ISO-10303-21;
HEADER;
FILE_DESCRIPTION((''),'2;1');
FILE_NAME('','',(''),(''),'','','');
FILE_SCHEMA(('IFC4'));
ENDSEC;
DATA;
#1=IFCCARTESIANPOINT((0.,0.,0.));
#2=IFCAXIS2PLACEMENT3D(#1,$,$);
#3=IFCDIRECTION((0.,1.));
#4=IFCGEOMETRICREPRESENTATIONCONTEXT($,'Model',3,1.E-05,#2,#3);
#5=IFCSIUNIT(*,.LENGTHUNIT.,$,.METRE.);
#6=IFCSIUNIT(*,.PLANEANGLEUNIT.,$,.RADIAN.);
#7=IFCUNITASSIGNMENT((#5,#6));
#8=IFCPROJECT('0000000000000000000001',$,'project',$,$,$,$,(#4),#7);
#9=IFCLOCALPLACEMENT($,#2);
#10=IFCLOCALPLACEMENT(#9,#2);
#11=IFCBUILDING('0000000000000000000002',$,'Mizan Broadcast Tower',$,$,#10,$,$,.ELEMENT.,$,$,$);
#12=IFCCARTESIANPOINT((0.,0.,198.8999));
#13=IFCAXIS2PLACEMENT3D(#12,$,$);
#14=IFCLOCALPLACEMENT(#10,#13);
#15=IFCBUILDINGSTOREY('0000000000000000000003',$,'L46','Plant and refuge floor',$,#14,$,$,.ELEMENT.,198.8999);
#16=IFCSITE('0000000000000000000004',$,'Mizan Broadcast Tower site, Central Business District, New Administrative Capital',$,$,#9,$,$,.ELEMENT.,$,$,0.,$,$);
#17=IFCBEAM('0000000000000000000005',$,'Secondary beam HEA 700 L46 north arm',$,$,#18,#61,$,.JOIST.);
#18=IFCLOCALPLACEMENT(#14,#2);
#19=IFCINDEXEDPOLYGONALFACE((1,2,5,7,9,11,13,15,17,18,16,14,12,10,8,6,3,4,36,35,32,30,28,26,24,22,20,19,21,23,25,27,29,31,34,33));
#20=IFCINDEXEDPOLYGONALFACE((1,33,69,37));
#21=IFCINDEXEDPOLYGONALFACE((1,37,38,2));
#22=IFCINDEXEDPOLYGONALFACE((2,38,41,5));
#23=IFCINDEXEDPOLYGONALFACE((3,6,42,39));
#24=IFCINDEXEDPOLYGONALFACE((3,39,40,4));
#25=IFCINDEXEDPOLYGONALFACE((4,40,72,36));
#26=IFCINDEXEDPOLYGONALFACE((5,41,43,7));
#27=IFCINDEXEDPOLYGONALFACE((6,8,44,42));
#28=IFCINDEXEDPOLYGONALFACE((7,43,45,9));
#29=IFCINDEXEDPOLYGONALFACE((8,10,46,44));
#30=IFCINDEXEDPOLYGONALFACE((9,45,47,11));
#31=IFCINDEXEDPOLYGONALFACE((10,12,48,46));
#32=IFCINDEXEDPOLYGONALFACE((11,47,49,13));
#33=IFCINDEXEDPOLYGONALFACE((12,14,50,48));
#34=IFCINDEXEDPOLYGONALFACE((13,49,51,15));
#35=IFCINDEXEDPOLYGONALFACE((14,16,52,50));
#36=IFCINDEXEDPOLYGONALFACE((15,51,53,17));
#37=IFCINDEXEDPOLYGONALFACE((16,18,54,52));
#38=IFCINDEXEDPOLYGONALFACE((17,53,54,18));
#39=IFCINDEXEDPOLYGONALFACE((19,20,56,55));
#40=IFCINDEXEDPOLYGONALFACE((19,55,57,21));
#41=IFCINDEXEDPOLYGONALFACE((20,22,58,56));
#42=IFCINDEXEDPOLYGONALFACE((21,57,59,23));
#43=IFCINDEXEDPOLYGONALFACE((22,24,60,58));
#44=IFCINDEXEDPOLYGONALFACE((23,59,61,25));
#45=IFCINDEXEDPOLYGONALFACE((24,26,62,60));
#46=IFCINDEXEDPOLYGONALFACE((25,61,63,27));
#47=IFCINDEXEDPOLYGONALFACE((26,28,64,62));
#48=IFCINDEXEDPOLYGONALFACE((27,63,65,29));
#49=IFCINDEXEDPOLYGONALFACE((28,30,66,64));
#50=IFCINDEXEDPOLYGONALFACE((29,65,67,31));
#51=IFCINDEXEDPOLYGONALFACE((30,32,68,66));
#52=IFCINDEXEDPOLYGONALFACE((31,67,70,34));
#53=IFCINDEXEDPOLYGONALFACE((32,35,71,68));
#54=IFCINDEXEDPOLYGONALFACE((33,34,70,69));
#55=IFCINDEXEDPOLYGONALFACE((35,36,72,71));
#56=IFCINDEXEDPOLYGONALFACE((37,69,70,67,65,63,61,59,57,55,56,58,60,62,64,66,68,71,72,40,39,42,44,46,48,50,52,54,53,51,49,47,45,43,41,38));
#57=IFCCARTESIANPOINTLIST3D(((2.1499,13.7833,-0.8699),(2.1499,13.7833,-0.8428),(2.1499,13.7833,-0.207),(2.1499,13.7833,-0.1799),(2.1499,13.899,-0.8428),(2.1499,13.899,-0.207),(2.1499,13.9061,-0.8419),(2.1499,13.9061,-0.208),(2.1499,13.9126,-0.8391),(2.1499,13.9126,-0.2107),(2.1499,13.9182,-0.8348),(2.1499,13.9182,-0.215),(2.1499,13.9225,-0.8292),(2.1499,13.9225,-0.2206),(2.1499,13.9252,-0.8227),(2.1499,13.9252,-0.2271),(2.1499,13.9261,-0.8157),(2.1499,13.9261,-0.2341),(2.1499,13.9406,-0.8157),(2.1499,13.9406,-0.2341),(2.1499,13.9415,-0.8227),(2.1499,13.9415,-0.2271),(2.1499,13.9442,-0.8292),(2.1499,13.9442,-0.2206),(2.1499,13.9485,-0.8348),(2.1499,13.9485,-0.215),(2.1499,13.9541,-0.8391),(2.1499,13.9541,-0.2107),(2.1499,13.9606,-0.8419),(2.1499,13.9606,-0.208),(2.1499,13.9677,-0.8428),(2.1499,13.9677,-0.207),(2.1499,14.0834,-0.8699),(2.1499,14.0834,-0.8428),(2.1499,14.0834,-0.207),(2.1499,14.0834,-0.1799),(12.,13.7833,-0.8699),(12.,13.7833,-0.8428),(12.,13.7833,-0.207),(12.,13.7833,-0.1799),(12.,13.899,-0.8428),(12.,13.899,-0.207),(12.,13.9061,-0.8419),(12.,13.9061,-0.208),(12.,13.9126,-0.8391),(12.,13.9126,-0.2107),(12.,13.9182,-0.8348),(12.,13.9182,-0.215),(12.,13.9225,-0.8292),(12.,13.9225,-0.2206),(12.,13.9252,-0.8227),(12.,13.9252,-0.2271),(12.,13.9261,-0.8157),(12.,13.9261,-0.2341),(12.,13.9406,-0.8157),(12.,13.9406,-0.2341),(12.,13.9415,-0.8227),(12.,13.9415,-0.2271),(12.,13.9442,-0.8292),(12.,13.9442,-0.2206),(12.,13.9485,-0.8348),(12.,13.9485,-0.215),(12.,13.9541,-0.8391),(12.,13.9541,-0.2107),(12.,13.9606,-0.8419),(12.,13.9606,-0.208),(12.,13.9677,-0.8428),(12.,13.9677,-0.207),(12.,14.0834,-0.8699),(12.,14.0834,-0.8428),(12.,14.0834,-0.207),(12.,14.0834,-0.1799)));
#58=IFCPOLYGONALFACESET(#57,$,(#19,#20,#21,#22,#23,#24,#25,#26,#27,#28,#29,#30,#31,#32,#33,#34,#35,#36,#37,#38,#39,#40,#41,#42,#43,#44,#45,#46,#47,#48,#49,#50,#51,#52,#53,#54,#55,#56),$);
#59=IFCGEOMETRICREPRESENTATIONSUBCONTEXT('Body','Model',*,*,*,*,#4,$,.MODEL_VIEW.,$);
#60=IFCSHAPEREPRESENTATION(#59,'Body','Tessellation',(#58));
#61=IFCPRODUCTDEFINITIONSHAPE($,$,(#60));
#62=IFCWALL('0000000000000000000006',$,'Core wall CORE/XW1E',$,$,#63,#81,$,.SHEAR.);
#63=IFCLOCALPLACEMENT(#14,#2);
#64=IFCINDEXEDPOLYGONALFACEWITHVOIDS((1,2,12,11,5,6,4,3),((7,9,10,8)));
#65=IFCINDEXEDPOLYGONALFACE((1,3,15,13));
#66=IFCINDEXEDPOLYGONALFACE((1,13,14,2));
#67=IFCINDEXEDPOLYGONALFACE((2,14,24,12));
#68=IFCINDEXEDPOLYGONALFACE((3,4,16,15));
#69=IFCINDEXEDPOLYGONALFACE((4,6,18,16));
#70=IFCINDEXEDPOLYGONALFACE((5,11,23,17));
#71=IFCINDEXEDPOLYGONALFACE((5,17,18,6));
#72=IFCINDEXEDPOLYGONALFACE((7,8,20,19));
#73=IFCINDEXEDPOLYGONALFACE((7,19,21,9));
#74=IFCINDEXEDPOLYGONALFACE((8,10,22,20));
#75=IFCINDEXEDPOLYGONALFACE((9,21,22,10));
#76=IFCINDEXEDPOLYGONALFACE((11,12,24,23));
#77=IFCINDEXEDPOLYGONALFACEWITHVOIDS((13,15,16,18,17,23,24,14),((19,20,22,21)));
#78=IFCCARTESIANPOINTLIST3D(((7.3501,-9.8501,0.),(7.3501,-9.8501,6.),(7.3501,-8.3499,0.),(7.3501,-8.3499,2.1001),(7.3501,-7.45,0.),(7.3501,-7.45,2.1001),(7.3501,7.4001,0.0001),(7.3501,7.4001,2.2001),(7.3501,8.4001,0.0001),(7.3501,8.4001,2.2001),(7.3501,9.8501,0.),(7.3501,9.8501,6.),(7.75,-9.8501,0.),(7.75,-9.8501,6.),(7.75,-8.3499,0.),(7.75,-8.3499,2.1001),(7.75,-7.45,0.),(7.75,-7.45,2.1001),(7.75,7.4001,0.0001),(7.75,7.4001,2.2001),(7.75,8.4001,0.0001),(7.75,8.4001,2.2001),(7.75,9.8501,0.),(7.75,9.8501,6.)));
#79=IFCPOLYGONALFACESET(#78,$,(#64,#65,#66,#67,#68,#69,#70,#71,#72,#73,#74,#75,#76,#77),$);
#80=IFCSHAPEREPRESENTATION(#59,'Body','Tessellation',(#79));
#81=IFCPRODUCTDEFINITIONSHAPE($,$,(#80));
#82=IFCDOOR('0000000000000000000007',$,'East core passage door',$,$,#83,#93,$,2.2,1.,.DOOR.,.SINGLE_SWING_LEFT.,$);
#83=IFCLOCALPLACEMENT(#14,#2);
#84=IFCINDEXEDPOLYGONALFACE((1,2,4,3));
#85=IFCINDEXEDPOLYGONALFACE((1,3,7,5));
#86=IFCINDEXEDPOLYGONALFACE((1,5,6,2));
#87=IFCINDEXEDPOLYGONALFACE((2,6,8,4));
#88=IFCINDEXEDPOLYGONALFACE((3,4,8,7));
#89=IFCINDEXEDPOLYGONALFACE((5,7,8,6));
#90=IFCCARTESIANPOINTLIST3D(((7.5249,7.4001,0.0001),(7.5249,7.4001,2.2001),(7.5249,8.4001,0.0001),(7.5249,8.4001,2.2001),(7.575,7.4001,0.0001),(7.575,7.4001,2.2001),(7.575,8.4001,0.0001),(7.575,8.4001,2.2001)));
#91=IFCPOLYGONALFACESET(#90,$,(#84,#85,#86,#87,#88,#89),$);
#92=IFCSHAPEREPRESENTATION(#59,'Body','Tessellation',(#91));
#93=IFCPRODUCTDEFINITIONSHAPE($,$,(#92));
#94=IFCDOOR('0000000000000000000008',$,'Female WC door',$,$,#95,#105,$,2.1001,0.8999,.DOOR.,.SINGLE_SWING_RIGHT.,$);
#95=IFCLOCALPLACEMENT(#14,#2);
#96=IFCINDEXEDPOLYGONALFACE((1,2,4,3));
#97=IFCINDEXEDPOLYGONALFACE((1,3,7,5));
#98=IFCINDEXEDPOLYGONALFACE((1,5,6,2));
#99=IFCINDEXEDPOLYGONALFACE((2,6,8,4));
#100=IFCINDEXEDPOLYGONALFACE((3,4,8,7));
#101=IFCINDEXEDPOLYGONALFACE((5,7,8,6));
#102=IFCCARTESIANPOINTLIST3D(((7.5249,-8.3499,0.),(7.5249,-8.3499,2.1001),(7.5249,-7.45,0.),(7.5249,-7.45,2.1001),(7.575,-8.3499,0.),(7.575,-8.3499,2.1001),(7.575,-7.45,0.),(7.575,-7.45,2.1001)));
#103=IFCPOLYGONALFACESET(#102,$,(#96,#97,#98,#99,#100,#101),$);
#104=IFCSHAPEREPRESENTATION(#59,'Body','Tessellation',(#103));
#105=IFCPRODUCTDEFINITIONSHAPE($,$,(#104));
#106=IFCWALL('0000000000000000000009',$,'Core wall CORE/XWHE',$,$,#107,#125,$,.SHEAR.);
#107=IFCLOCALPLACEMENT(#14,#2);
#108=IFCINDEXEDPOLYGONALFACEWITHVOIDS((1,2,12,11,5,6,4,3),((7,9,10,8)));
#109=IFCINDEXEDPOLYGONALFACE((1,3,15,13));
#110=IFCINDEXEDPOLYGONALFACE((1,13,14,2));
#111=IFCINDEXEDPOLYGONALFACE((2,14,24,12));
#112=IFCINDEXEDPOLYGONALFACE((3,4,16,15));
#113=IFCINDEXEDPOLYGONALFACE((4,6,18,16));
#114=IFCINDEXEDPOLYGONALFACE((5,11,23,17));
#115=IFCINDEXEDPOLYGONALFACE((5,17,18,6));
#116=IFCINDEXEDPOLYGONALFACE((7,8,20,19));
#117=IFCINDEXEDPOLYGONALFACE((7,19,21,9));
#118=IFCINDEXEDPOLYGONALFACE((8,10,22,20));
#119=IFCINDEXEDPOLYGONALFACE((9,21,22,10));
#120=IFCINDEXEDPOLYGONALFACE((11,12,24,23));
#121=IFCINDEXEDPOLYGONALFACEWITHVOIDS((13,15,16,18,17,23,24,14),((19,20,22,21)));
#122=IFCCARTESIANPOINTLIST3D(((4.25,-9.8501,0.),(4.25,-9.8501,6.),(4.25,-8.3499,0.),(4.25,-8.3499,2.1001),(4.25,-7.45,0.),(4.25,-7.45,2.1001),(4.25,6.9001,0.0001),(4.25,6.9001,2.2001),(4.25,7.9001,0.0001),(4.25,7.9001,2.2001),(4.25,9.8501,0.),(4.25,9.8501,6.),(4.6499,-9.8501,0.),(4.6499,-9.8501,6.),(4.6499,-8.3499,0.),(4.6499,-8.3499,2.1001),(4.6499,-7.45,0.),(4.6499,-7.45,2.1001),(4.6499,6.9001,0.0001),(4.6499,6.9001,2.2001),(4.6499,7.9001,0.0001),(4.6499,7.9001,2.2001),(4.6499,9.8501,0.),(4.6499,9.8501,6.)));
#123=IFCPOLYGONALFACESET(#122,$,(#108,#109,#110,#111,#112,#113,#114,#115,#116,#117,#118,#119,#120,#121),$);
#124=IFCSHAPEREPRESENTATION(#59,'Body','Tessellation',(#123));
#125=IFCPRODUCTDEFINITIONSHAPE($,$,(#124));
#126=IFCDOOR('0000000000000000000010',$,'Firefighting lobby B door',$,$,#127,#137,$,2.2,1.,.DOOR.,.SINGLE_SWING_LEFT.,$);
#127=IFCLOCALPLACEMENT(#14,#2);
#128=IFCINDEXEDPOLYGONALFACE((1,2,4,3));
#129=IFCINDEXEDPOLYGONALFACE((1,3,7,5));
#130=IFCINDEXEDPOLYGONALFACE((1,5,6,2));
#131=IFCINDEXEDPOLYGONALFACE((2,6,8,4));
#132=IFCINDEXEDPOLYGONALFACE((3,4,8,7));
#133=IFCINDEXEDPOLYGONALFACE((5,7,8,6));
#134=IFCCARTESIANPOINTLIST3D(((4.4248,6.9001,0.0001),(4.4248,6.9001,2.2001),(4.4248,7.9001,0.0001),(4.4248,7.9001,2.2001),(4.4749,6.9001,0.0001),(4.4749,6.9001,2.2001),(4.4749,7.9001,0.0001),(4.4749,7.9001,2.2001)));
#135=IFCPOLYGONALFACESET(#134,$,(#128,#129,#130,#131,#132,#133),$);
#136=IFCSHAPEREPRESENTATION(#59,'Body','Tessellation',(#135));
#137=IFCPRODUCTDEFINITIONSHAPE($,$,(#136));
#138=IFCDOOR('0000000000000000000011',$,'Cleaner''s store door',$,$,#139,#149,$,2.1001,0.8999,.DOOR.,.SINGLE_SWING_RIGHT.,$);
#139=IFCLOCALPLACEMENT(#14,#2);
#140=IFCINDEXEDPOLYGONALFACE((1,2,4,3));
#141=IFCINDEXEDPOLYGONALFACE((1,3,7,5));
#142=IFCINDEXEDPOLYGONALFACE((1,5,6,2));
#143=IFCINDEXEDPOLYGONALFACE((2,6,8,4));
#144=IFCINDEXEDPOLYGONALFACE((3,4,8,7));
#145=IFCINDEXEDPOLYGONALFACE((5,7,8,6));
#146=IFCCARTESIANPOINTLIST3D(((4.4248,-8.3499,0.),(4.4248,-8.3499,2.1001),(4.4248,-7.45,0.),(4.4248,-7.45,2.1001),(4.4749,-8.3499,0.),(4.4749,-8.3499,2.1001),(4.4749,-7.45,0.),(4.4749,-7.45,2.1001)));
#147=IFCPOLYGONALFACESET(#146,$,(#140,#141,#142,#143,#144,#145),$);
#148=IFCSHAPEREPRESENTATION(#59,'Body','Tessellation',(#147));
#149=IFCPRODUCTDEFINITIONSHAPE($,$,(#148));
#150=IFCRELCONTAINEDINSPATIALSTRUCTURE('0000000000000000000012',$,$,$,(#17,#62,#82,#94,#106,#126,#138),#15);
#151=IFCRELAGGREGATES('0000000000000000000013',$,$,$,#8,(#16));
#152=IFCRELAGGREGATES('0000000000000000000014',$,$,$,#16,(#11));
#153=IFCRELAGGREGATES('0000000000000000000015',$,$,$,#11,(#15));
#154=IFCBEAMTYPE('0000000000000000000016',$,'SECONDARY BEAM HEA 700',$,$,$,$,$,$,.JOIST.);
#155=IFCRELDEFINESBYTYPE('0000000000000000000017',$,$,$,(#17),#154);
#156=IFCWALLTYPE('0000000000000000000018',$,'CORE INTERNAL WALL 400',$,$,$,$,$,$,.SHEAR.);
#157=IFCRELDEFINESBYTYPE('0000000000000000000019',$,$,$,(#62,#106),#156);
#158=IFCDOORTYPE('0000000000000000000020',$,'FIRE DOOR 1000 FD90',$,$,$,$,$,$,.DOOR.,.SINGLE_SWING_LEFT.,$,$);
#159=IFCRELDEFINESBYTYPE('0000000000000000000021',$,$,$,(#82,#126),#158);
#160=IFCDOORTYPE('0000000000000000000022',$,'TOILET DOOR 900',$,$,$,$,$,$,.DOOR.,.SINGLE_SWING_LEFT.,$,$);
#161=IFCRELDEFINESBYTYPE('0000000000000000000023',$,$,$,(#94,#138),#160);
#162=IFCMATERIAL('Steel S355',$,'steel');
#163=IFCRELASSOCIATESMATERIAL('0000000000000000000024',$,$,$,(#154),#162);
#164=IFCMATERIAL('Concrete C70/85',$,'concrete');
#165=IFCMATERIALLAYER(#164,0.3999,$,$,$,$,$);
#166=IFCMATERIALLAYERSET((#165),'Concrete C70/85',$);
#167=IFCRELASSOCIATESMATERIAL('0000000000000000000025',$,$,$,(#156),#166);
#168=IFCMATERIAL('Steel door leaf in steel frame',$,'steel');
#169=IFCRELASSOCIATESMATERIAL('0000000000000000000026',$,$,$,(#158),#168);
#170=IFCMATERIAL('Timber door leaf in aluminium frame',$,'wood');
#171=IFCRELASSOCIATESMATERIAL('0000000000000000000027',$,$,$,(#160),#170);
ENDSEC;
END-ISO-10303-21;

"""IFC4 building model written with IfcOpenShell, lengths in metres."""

from ifc_helpers import new_model, si_unit, direction, frame, frame_2d, origin, origin_2d, place, context, subcontext, project, spatial, rectangle, i_section, extrude, material, layer, layer_set, material_profile, profile_set, type_object, element, fill, save


model = new_model("IFC4")

# Units and contexts
model_context = context("Model", 3, precision=1e-05, world=origin(), true_north=direction((0.0, 1.0)))
body_context = subcontext(model_context, "Body", "Model", "MODEL_VIEW")
ifc_project = project(units=[si_unit("LENGTHUNIT", "METRE"), si_unit("PLANEANGLEUNIT", "RADIAN")], contexts=[model_context])

# Site, building, storey
site_placement = place(None, origin())
site = spatial("IfcSite", under=ifc_project, at=site_placement, Name="Mizan Broadcast Tower site, Central Business District, New Administrative Capital", CompositionType="ELEMENT", RefElevation=0.0)
building_placement = place(site_placement, origin())
building = spatial("IfcBuilding", under=site, at=building_placement, Name="Mizan Broadcast Tower", CompositionType="ELEMENT")
storey_placement = place(building_placement, frame((0.0, 0.0, 198.8999)))
storey = spatial("IfcBuildingStorey", under=building, at=storey_placement, Name="L46", Description="Plant and refuge floor", CompositionType="ELEMENT", Elevation=198.8999)

# Beam
ifc_material_1 = material(Name="Steel S355", Category="steel")
ifc_material_profile_1 = material_profile(ifc_material_1, i_section(OverallWidth=0.3, OverallDepth=0.6899, WebThickness=0.0144, FlangeThickness=0.0271, FilletRadius=0.0271, at=origin_2d()), Name="HEA 700")
ifc_profile_set_1 = profile_set([ifc_material_profile_1], Name="Steel S355")
beam_type_1 = type_object("IfcBeamType", Name="SECONDARY BEAM HEA 700", PredefinedType="JOIST", material=ifc_profile_set_1)
beam_placement = place(storey_placement, frame((12.0, 13.9333, -0.5249), z_axis=(-1.0, 0.0, 0.0), x_axis=(0.0, -1.0, 0.0)))
element("IfcBeam", 1, at=beam_placement, inside=storey, type_object=beam_type_1, Name="Secondary beam HEA 700 L46 north arm", PredefinedType="JOIST", context=body_context, shape_type="SweptSolid", body=[
    extrude(i_section(OverallWidth=0.3, OverallDepth=0.6899, WebThickness=0.0144, FlangeThickness=0.0271, FilletRadius=0.0271, at=origin_2d()), origin(), (0.0, 0.0, 1.0), 9.8501),
])

# Walls, openings, doors
ifc_material_2 = material(Name="Concrete C70/85", Category="concrete")
ifc_layer_1 = layer(ifc_material_2, 0.3999)
ifc_layer_set_1 = layer_set([ifc_layer_1], Name="Concrete C70/85")
wall_type_1 = type_object("IfcWallType", Name="CORE INTERNAL WALL 400", PredefinedType="SHEAR", material=ifc_layer_set_1)
wall_1_placement = place(storey_placement, frame((7.55, 9.8501, 0.0), z_axis=(0.0, 0.0, 1.0), x_axis=(0.0, -1.0, 0.0)))
wall_1 = element("IfcWall", 2, at=wall_1_placement, inside=storey, type_object=wall_type_1, Name="Core wall CORE/XW1E", PredefinedType="SHEAR", context=body_context, shape_type="SweptSolid", body=[
    extrude(rectangle(XDim=19.7002, YDim=0.3999, at=frame_2d((9.8501, 0.0))), origin(), (0.0, 0.0, 1.0), 6.0),
])
opening_1_placement = place(wall_1_placement, frame((1.45, 0.0, 0.0)))
opening_1 = element("IfcOpeningElement", 3, at=opening_1_placement, cuts=wall_1, PredefinedType="OPENING", context=body_context, shape_type="SweptSolid", body=[
    extrude(rectangle(XDim=1.0, YDim=2.2, at=frame_2d((0.5, 1.1001))), frame((0.0, 0.21, 0.0), z_axis=(0.0, -1.0, 0.0), x_axis=(1.0, 0.0, 0.0)), (0.0, 0.0, 1.0), 0.4199),
])
opening_2_placement = place(wall_1_placement, frame((17.3, 0.0, 0.0)))
opening_2 = element("IfcOpeningElement", 4, at=opening_2_placement, cuts=wall_1, PredefinedType="OPENING", context=body_context, shape_type="SweptSolid", body=[
    extrude(rectangle(XDim=0.8999, YDim=2.1001, at=frame_2d((0.45, 1.05))), frame((0.0, 0.21, 0.0), z_axis=(0.0, -1.0, 0.0), x_axis=(1.0, 0.0, 0.0)), (0.0, 0.0, 1.0), 0.4199),
])
ifc_material_3 = material(Name="Steel door leaf in steel frame", Category="steel")
door_type_1 = type_object("IfcDoorType", Name="FIRE DOOR 1000 FD90", OperationType="SINGLE_SWING_LEFT", PredefinedType="DOOR", material=ifc_material_3)
door_1_placement = place(opening_1_placement, origin())
door_1 = element("IfcDoor", 5, at=door_1_placement, inside=storey, type_object=door_type_1, Name="East core passage door", OperationType="SINGLE_SWING_LEFT", OverallHeight=2.2, OverallWidth=1.0, PredefinedType="DOOR", context=body_context, shape_type="SweptSolid", body=[
    extrude(rectangle(XDim=1.0, YDim=2.2, at=frame_2d((0.5, 1.1001))), frame((0.0, 0.0249, 0.0), z_axis=(0.0, -1.0, 0.0), x_axis=(1.0, 0.0, 0.0)), (0.0, 0.0, 1.0), 0.05),
])
fill(opening_1, door_1)
ifc_material_4 = material(Name="Timber door leaf in aluminium frame", Category="wood")
door_type_2 = type_object("IfcDoorType", Name="TOILET DOOR 900", OperationType="SINGLE_SWING_LEFT", PredefinedType="DOOR", material=ifc_material_4)
door_2_placement = place(opening_2_placement, origin())
door_2 = element("IfcDoor", 6, at=door_2_placement, inside=storey, type_object=door_type_2, Name="Female WC door", OperationType="SINGLE_SWING_RIGHT", OverallHeight=2.1001, OverallWidth=0.8999, PredefinedType="DOOR", context=body_context, shape_type="SweptSolid", body=[
    extrude(rectangle(XDim=0.8999, YDim=2.1001, at=frame_2d((0.45, 1.05))), frame((0.0, 0.0249, 0.0), z_axis=(0.0, -1.0, 0.0), x_axis=(1.0, 0.0, 0.0)), (0.0, 0.0, 1.0), 0.05),
])
fill(opening_2, door_2)
wall_2_placement = place(storey_placement, frame((4.45, 9.8501, 0.0), z_axis=(0.0, 0.0, 1.0), x_axis=(0.0, -1.0, 0.0)))
wall_2 = element("IfcWall", 7, at=wall_2_placement, inside=storey, type_object=wall_type_1, Name="Core wall CORE/XWHE", PredefinedType="SHEAR", context=body_context, shape_type="SweptSolid", body=[
    extrude(rectangle(XDim=19.7002, YDim=0.3999, at=frame_2d((9.8501, 0.0))), origin(), (0.0, 0.0, 1.0), 6.0),
])
opening_3_placement = place(wall_2_placement, frame((1.95, 0.0, 0.0)))
opening_3 = element("IfcOpeningElement", 8, at=opening_3_placement, cuts=wall_2, PredefinedType="OPENING", context=body_context, shape_type="SweptSolid", body=[
    extrude(rectangle(XDim=1.0, YDim=2.2, at=frame_2d((0.5, 1.1001))), frame((0.0, 0.21, 0.0), z_axis=(0.0, -1.0, 0.0), x_axis=(1.0, 0.0, 0.0)), (0.0, 0.0, 1.0), 0.4199),
])
opening_4_placement = place(wall_2_placement, frame((17.3, 0.0, 0.0)))
opening_4 = element("IfcOpeningElement", 9, at=opening_4_placement, cuts=wall_2, PredefinedType="OPENING", context=body_context, shape_type="SweptSolid", body=[
    extrude(rectangle(XDim=0.8999, YDim=2.1001, at=frame_2d((0.45, 1.05))), frame((0.0, 0.21, 0.0), z_axis=(0.0, -1.0, 0.0), x_axis=(1.0, 0.0, 0.0)), (0.0, 0.0, 1.0), 0.4199),
])
door_3_placement = place(opening_3_placement, origin())
door_3 = element("IfcDoor", 10, at=door_3_placement, inside=storey, type_object=door_type_1, Name="Firefighting lobby B door", OperationType="SINGLE_SWING_LEFT", OverallHeight=2.2, OverallWidth=1.0, PredefinedType="DOOR", context=body_context, shape_type="SweptSolid", body=[
    extrude(rectangle(XDim=1.0, YDim=2.2, at=frame_2d((0.5, 1.1001))), frame((0.0, 0.0249, 0.0), z_axis=(0.0, -1.0, 0.0), x_axis=(1.0, 0.0, 0.0)), (0.0, 0.0, 1.0), 0.05),
])
fill(opening_3, door_3)
door_4_placement = place(opening_4_placement, origin())
door_4 = element("IfcDoor", 11, at=door_4_placement, inside=storey, type_object=door_type_2, Name="Cleaner's store door", OperationType="SINGLE_SWING_RIGHT", OverallHeight=2.1001, OverallWidth=0.8999, PredefinedType="DOOR", context=body_context, shape_type="SweptSolid", body=[
    extrude(rectangle(XDim=0.8999, YDim=2.1001, at=frame_2d((0.45, 1.05))), frame((0.0, 0.0249, 0.0), z_axis=(0.0, -1.0, 0.0), x_axis=(1.0, 0.0, 0.0)), (0.0, 0.0, 1.0), 0.05),
])
fill(opening_4, door_4)

save(model, "model.ifc")
